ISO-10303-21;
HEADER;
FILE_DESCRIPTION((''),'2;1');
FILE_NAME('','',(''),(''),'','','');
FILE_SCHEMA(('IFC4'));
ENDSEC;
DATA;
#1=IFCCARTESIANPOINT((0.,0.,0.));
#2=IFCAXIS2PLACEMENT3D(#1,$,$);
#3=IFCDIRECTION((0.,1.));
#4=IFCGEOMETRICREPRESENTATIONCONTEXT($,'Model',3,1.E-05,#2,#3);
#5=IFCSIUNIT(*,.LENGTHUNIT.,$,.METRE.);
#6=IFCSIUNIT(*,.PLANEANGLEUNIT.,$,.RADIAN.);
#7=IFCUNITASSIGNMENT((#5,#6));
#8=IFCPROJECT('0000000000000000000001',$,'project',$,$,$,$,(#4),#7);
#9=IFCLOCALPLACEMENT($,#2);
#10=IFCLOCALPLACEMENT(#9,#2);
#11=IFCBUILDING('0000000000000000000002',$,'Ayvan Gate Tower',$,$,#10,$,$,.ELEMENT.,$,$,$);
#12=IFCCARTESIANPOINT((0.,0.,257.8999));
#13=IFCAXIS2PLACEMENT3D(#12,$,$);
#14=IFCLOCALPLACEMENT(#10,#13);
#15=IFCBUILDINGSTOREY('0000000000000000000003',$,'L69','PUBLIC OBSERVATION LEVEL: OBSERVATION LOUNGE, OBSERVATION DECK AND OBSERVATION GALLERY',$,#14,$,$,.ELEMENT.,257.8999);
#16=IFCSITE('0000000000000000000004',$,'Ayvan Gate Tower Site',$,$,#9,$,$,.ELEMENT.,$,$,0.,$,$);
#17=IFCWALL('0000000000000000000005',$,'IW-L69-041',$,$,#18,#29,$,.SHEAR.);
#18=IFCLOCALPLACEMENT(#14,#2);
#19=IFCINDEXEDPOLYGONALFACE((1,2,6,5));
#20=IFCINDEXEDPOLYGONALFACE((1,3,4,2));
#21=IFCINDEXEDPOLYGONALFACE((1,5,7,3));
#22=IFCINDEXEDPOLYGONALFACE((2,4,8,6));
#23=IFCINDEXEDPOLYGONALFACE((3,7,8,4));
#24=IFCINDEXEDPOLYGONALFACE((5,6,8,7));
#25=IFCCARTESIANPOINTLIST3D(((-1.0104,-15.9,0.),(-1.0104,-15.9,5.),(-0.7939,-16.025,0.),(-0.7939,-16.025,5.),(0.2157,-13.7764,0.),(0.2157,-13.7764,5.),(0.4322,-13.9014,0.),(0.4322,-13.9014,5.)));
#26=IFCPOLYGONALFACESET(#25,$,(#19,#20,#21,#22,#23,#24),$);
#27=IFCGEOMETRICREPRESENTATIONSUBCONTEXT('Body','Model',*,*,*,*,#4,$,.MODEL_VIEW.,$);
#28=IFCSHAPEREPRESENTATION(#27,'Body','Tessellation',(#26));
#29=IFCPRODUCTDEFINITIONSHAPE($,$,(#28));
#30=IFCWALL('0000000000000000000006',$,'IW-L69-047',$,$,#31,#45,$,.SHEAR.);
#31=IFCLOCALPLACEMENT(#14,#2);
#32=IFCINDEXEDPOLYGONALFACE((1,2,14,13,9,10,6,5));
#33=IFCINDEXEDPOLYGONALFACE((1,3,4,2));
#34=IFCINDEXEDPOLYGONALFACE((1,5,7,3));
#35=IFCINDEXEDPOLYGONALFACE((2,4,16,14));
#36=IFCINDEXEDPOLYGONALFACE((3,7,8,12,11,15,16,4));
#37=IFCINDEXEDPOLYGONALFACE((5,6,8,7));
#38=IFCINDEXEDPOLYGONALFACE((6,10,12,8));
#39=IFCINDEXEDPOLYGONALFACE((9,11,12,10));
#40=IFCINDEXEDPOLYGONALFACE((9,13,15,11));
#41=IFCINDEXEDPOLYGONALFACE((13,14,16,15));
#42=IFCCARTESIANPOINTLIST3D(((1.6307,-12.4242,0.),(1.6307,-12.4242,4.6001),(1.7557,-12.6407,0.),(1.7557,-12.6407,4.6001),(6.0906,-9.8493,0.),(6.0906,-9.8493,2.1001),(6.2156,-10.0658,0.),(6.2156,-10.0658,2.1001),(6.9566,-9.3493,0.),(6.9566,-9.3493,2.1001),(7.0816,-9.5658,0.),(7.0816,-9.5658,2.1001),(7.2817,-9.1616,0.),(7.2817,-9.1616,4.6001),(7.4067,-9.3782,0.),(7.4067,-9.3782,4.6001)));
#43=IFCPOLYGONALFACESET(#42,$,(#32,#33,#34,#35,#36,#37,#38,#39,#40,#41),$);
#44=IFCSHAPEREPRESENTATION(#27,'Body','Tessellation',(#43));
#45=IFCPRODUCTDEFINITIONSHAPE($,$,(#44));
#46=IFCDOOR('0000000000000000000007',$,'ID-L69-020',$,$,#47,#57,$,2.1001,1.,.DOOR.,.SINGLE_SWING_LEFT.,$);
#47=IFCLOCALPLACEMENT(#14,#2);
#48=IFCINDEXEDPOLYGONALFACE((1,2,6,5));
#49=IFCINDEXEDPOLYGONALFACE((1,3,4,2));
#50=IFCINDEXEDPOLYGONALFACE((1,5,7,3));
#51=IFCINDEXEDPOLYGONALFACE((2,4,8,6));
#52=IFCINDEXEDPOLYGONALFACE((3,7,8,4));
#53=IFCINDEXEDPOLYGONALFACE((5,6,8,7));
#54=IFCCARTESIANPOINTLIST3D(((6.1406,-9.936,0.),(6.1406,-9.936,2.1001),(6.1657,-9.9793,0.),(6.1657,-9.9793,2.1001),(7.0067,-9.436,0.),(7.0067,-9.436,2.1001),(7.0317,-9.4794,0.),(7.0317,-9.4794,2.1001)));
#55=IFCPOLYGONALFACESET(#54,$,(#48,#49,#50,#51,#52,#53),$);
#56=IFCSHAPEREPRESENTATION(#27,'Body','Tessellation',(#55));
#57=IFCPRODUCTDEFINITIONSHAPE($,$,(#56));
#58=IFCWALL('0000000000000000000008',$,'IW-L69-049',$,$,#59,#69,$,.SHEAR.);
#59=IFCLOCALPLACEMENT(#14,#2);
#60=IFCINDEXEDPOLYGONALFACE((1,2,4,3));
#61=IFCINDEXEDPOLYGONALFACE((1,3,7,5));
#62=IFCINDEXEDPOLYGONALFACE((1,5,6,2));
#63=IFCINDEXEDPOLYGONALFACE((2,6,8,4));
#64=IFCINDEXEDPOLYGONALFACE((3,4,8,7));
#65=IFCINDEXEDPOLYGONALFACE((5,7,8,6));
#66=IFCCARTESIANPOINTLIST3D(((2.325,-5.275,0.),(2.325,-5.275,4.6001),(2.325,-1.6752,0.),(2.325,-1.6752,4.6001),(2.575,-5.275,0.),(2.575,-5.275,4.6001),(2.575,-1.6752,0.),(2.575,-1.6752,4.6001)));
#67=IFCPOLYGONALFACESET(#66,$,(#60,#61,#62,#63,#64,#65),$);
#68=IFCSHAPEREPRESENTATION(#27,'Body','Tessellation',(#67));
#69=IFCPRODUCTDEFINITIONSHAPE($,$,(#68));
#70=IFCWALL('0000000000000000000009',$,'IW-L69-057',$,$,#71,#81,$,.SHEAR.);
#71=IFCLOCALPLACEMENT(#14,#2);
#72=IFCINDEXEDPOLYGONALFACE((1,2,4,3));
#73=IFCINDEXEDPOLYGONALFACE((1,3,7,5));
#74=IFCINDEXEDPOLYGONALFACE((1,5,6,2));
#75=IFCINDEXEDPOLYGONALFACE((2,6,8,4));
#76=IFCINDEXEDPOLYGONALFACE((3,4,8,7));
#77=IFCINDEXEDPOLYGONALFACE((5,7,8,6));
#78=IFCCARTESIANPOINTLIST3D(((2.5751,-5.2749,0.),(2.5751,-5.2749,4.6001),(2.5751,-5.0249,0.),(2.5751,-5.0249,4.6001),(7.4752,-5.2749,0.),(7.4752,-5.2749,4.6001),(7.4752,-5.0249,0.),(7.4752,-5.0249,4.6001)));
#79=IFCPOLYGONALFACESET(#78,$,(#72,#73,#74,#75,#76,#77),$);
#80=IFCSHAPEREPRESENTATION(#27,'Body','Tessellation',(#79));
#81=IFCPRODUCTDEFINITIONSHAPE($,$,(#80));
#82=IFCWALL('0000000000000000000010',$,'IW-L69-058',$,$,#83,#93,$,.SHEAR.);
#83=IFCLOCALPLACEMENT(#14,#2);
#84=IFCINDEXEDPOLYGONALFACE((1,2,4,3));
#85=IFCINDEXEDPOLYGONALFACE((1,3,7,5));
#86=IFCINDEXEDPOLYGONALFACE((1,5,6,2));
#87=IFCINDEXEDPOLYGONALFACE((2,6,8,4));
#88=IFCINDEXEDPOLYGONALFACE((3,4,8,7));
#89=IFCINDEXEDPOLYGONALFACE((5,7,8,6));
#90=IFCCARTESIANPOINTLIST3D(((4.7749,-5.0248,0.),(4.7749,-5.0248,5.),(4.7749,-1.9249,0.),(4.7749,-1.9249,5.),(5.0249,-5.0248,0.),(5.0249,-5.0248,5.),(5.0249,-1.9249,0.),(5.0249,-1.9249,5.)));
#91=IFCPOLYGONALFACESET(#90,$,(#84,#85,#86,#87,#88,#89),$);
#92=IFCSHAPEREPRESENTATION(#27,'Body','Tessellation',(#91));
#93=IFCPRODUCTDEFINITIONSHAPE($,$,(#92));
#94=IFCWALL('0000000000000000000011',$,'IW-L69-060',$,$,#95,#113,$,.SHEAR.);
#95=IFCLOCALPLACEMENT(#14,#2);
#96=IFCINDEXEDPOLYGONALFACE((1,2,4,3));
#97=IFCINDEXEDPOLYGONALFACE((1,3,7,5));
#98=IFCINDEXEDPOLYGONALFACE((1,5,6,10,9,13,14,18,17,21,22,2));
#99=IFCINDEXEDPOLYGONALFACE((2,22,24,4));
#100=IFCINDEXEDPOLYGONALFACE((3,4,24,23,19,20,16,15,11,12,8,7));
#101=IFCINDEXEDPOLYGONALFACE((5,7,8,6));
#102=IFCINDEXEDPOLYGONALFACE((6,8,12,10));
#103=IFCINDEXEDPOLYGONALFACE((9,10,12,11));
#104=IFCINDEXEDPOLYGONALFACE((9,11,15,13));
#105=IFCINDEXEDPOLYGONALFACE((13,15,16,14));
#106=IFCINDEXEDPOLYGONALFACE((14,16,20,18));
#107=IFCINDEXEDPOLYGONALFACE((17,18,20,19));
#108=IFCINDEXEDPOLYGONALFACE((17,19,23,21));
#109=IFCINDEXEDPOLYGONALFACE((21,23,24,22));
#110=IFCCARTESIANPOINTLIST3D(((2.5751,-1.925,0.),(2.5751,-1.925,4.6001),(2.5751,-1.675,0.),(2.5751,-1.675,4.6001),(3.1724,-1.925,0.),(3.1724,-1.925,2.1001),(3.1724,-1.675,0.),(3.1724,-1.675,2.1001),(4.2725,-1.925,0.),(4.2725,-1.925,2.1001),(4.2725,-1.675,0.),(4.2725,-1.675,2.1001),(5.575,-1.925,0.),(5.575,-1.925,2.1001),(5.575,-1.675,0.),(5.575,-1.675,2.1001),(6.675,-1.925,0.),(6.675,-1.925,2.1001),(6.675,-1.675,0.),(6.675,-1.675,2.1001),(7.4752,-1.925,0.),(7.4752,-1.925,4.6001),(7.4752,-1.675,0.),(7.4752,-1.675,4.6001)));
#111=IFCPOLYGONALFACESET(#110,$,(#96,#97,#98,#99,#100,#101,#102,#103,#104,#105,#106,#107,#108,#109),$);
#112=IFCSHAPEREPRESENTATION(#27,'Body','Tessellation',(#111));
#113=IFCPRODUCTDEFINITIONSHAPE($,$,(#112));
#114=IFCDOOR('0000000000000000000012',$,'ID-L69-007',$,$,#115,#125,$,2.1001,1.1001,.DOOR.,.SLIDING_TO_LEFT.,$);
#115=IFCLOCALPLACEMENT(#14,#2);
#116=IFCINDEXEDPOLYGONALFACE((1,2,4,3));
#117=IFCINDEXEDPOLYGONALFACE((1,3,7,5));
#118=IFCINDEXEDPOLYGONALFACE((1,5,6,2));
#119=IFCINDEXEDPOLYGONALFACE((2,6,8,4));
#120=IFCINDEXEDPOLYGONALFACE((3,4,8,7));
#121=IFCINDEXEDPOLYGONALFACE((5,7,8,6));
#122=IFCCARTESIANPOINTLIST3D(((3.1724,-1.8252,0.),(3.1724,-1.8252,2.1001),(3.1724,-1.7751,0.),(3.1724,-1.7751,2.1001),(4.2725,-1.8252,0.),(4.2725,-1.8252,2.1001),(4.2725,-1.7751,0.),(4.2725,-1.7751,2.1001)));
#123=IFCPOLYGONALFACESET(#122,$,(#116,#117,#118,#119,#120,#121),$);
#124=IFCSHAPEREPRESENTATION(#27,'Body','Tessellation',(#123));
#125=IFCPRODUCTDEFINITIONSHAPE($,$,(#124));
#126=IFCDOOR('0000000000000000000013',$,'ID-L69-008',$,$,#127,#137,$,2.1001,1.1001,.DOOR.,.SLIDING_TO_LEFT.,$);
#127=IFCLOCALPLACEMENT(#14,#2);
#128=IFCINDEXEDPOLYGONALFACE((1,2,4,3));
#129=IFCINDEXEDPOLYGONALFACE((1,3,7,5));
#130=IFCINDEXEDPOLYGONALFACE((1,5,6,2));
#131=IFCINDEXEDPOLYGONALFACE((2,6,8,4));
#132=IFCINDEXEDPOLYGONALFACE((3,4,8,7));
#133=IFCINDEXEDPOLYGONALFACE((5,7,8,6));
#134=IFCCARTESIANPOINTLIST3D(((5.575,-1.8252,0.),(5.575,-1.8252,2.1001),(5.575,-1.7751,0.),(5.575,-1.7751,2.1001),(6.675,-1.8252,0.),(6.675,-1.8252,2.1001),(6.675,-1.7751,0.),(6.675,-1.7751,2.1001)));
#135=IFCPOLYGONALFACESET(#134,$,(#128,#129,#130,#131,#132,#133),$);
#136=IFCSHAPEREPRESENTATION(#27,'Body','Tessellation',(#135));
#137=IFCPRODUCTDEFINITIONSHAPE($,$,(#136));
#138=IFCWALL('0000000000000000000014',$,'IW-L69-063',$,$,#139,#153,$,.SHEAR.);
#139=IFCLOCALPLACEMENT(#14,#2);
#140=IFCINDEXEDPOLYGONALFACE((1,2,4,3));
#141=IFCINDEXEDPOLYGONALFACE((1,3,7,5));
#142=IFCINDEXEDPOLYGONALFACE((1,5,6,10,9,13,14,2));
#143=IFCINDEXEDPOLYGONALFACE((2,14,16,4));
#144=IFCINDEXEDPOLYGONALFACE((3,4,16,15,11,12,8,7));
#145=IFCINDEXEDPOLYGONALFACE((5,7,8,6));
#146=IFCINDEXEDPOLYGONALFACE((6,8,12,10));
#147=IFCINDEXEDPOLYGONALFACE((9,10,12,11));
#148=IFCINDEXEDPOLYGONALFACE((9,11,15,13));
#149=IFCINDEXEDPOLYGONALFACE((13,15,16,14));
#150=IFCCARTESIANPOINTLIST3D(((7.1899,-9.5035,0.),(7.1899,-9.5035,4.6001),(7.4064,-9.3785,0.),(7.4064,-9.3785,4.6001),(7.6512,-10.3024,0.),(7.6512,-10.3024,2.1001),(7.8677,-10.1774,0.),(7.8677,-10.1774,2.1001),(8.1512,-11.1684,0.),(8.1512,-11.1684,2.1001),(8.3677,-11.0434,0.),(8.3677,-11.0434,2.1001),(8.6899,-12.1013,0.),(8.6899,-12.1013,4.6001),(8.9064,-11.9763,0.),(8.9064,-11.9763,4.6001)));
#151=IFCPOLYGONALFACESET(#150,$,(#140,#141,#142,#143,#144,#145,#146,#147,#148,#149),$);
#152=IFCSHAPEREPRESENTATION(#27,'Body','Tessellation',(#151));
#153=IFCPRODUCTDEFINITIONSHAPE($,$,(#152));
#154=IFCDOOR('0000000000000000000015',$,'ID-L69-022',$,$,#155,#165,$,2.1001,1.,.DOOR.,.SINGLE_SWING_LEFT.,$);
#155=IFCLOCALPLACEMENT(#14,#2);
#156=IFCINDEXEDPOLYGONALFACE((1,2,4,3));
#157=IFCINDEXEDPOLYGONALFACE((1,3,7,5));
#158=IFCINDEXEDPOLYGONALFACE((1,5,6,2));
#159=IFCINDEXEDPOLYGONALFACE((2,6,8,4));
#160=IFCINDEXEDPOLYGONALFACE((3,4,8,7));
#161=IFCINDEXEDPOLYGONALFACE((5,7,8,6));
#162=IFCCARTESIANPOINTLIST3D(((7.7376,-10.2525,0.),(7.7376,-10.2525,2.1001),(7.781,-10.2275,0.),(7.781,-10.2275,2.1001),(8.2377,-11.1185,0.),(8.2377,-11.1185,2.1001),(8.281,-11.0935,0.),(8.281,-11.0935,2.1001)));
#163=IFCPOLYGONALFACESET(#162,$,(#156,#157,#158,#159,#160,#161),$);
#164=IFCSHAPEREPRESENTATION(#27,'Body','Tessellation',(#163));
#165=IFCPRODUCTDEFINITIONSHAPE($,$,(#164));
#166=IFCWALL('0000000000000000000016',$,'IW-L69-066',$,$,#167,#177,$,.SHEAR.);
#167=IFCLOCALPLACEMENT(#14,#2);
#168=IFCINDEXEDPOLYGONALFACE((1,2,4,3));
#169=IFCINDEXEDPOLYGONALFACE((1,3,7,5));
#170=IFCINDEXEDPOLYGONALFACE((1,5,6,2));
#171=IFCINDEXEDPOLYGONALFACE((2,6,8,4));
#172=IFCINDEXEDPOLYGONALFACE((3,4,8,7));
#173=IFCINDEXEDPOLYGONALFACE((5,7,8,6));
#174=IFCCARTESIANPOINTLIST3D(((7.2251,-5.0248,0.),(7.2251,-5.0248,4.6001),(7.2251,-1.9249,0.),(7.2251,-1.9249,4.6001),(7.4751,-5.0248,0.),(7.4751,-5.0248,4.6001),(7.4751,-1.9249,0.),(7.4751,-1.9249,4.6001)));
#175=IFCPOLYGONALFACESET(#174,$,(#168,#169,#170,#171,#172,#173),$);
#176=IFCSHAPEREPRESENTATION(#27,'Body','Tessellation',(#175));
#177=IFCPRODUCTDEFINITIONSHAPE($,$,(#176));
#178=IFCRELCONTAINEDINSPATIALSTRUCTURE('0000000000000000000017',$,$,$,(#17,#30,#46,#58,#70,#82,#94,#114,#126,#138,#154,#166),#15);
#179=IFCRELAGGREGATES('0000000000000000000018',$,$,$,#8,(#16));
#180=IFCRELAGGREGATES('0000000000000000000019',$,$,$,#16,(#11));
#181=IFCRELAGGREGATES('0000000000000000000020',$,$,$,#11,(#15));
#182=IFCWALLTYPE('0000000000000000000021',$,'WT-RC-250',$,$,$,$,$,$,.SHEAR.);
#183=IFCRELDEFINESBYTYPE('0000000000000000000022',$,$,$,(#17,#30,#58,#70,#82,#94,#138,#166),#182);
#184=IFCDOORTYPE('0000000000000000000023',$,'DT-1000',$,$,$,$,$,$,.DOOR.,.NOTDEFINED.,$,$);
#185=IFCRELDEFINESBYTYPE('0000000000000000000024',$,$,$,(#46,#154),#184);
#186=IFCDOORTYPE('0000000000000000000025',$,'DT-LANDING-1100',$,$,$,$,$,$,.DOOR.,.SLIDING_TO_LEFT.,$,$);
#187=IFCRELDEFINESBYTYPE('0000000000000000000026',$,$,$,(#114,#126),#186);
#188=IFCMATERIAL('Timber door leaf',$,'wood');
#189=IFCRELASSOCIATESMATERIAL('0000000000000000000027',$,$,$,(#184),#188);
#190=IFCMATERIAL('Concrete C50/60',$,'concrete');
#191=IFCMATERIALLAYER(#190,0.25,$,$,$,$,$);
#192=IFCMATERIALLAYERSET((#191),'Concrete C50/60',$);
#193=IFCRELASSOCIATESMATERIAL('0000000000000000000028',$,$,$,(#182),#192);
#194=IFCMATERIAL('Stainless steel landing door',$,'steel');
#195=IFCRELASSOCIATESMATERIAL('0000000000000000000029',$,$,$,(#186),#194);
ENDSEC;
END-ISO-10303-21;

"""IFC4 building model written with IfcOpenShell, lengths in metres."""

from ifc_helpers import new_model, si_unit, direction, frame, frame_2d, origin, place, context, subcontext, project, spatial, rectangle, extrude, material, layer, layer_set, type_object, element, fill, save


model = new_model("IFC4")

# Units and contexts
model_context = context("Model", 3, precision=1e-05, world=origin(), true_north=direction((0.0, 1.0)))
body_context = subcontext(model_context, "Body", "Model", "MODEL_VIEW")
ifc_project = project(units=[si_unit("LENGTHUNIT", "METRE"), si_unit("PLANEANGLEUNIT", "RADIAN")], contexts=[model_context])

# Site, building, storey
site_placement = place(None, origin())
site = spatial("IfcSite", under=ifc_project, at=site_placement, Name="Ayvan Gate Tower Site", CompositionType="ELEMENT", RefElevation=0.0)
building_placement = place(site_placement, origin())
building = spatial("IfcBuilding", under=site, at=building_placement, Name="Ayvan Gate Tower", CompositionType="ELEMENT")
storey_placement = place(building_placement, frame((0.0, 0.0, 257.8999)))
storey = spatial("IfcBuildingStorey", under=building, at=storey_placement, Name="L69", Description="PUBLIC OBSERVATION LEVEL: OBSERVATION LOUNGE, OBSERVATION DECK AND OBSERVATION GALLERY", CompositionType="ELEMENT", Elevation=257.8999)

# Shared definitions
ifc_material_1 = material(Name="Timber door leaf", Category="wood")
door_type_1 = type_object("IfcDoorType", Name="DT-1000", OperationType="NOTDEFINED", PredefinedType="DOOR", material=ifc_material_1)

# Wall
ifc_material_2 = material(Name="Concrete C50/60", Category="concrete")
ifc_layer_1 = layer(ifc_material_2, 0.25)
ifc_layer_set_1 = layer_set([ifc_layer_1], Name="Concrete C50/60")
wall_type_1 = type_object("IfcWallType", Name="WT-RC-250", PredefinedType="SHEAR", material=ifc_layer_set_1)
wall_1_placement = place(storey_placement, frame((0.324, -13.8389, 0.0), z_axis=(0.0, 0.0, 1.0), x_axis=(-0.500015, -0.866016, 0.0)))
element("IfcWall", 1, at=wall_1_placement, inside=storey, type_object=wall_type_1, Name="IW-L69-041", PredefinedType="SHEAR", context=body_context, shape_type="SweptSolid", body=[
    extrude(rectangle(XDim=2.4521, YDim=0.25, at=frame_2d((1.2261, 0.0))), origin(), (0.0, 0.0, 1.0), 5.0),
])

# Wall, opening, door
wall_2_placement = place(storey_placement, frame((1.6931, -12.5325, 0.0), z_axis=(0.0, 0.0, 1.0), x_axis=(0.866031, 0.49999, 0.0)))
wall_2 = element("IfcWall", 2, at=wall_2_placement, inside=storey, type_object=wall_type_1, Name="IW-L69-047", PredefinedType="SHEAR", context=body_context, shape_type="SweptSolid", body=[
    extrude(rectangle(XDim=6.5251, YDim=0.25, at=frame_2d((3.2627, 0.0))), origin(), (0.0, 0.0, 1.0), 4.6001),
])
opening_1_placement = place(wall_2_placement, frame((5.1499, 0.0, 0.0)))
opening_1 = element("IfcOpeningElement", 3, at=opening_1_placement, cuts=wall_2, PredefinedType="OPENING", context=body_context, shape_type="SweptSolid", body=[
    extrude(rectangle(XDim=1.0, YDim=2.1001, at=frame_2d((0.5, 1.05))), frame((0.0, 0.135, 0.0), z_axis=(0.0, -1.0, 0.0), x_axis=(1.0, 0.0, 0.0)), (0.0, 0.0, 1.0), 0.27),
])
door_1_placement = place(opening_1_placement, origin())
door_1 = element("IfcDoor", 4, at=door_1_placement, inside=storey, type_object=door_type_1, Name="ID-L69-020", OperationType="SINGLE_SWING_LEFT", OverallHeight=2.1001, OverallWidth=1.0, PredefinedType="DOOR", context=body_context, shape_type="SweptSolid", body=[
    extrude(rectangle(XDim=1.0, YDim=2.1001, at=frame_2d((0.5, 1.05))), frame((0.0, 0.0249, 0.0), z_axis=(0.0, -1.0, 0.0), x_axis=(1.0, 0.0, 0.0)), (0.0, 0.0, 1.0), 0.05),
])
fill(opening_1, door_1)

# Walls
wall_3_placement = place(storey_placement, frame((2.45, -5.2749, 0.0), z_axis=(0.0, 0.0, 1.0), x_axis=(0.0, 1.0, 0.0)))
element("IfcWall", 5, at=wall_3_placement, inside=storey, type_object=wall_type_1, Name="IW-L69-049", PredefinedType="SHEAR", context=body_context, shape_type="SweptSolid", body=[
    extrude(rectangle(XDim=3.5999, YDim=0.25, at=frame_2d((1.7998, 0.0))), origin(), (0.0, 0.0, 1.0), 4.6001),
])
wall_4_placement = place(storey_placement, frame((2.575, -5.1499, 0.0), z_axis=(0.0, 0.0, 1.0), x_axis=(1.0, 0.0, 0.0)))
element("IfcWall", 6, at=wall_4_placement, inside=storey, type_object=wall_type_1, Name="IW-L69-057", PredefinedType="SHEAR", context=body_context, shape_type="SweptSolid", body=[
    extrude(rectangle(XDim=4.9001, YDim=0.25, at=frame_2d((2.4502, 0.0))), origin(), (0.0, 0.0, 1.0), 4.6001),
])
wall_5_placement = place(storey_placement, frame((4.8999, -1.925, 0.0), z_axis=(0.0, 0.0, 1.0), x_axis=(0.0, -1.0, 0.0)))
element("IfcWall", 7, at=wall_5_placement, inside=storey, type_object=wall_type_1, Name="IW-L69-058", PredefinedType="SHEAR", context=body_context, shape_type="SweptSolid", body=[
    extrude(rectangle(XDim=3.0999, YDim=0.25, at=frame_2d((1.5498, 0.0))), origin(), (0.0, 0.0, 1.0), 5.0),
])

# Wall, openings, doors
wall_6_placement = place(storey_placement, frame((2.575, -1.8, 0.0), z_axis=(0.0, 0.0, 1.0), x_axis=(1.0, 0.0, 0.0)))
wall_6 = element("IfcWall", 8, at=wall_6_placement, inside=storey, type_object=wall_type_1, Name="IW-L69-060", PredefinedType="SHEAR", context=body_context, shape_type="SweptSolid", body=[
    extrude(rectangle(XDim=4.9001, YDim=0.25, at=frame_2d((2.4502, 0.0))), origin(), (0.0, 0.0, 1.0), 4.6001),
])
opening_2_placement = place(wall_6_placement, frame((0.5974, 0.0, 0.0)))
opening_2 = element("IfcOpeningElement", 9, at=opening_2_placement, cuts=wall_6, PredefinedType="OPENING", context=body_context, shape_type="SweptSolid", body=[
    extrude(rectangle(XDim=1.1001, YDim=2.1001, at=frame_2d((0.55, 1.05))), frame((0.0, 0.135, 0.0), z_axis=(0.0, -1.0, 0.0), x_axis=(1.0, 0.0, 0.0)), (0.0, 0.0, 1.0), 0.27),
])
opening_3_placement = place(wall_6_placement, frame((3.0, 0.0, 0.0)))
opening_3 = element("IfcOpeningElement", 10, at=opening_3_placement, cuts=wall_6, PredefinedType="OPENING", context=body_context, shape_type="SweptSolid", body=[
    extrude(rectangle(XDim=1.1001, YDim=2.1001, at=frame_2d((0.55, 1.05))), frame((0.0, 0.135, 0.0), z_axis=(0.0, -1.0, 0.0), x_axis=(1.0, 0.0, 0.0)), (0.0, 0.0, 1.0), 0.27),
])
ifc_material_3 = material(Name="Stainless steel landing door", Category="steel")
door_type_2 = type_object("IfcDoorType", Name="DT-LANDING-1100", OperationType="SLIDING_TO_LEFT", PredefinedType="DOOR", material=ifc_material_3)
door_2_placement = place(opening_2_placement, origin())
door_2 = element("IfcDoor", 11, at=door_2_placement, inside=storey, type_object=door_type_2, Name="ID-L69-007", OperationType="SLIDING_TO_LEFT", OverallHeight=2.1001, OverallWidth=1.1001, PredefinedType="DOOR", context=body_context, shape_type="SweptSolid", body=[
    extrude(rectangle(XDim=1.1001, YDim=2.1001, at=frame_2d((0.55, 1.05))), frame((0.0, 0.0249, 0.0), z_axis=(0.0, -1.0, 0.0), x_axis=(1.0, 0.0, 0.0)), (0.0, 0.0, 1.0), 0.05),
])
fill(opening_2, door_2)
door_3_placement = place(opening_3_placement, origin())
door_3 = element("IfcDoor", 12, at=door_3_placement, inside=storey, type_object=door_type_2, Name="ID-L69-008", OperationType="SLIDING_TO_LEFT", OverallHeight=2.1001, OverallWidth=1.1001, PredefinedType="DOOR", context=body_context, shape_type="SweptSolid", body=[
    extrude(rectangle(XDim=1.1001, YDim=2.1001, at=frame_2d((0.55, 1.05))), frame((0.0, 0.0249, 0.0), z_axis=(0.0, -1.0, 0.0), x_axis=(1.0, 0.0, 0.0)), (0.0, 0.0, 1.0), 0.05),
])
fill(opening_3, door_3)

# Wall, opening, door
wall_7_placement = place(storey_placement, frame((7.2981, -9.4409, 0.0), z_axis=(0.0, 0.0, 1.0), x_axis=(0.500025, -0.866011, 0.0)))
wall_7 = element("IfcWall", 13, at=wall_7_placement, inside=storey, type_object=wall_type_1, Name="IW-L69-063", PredefinedType="SHEAR", context=body_context, shape_type="SweptSolid", body=[
    extrude(rectangle(XDim=2.9998, YDim=0.25, at=frame_2d((1.5, 0.0))), origin(), (0.0, 0.0, 1.0), 4.6001),
])
opening_4_placement = place(wall_7_placement, frame((0.9226, 0.0, 0.0)))
opening_4 = element("IfcOpeningElement", 14, at=opening_4_placement, cuts=wall_7, PredefinedType="OPENING", context=body_context, shape_type="SweptSolid", body=[
    extrude(rectangle(XDim=1.0, YDim=2.1001, at=frame_2d((0.5, 1.05))), frame((0.0, 0.135, 0.0), z_axis=(0.0, -1.0, 0.0), x_axis=(1.0, 0.0, 0.0)), (0.0, 0.0, 1.0), 0.27),
])
door_4_placement = place(opening_4_placement, origin())
door_4 = element("IfcDoor", 15, at=door_4_placement, inside=storey, type_object=door_type_1, Name="ID-L69-022", OperationType="SINGLE_SWING_LEFT", OverallHeight=2.1001, OverallWidth=1.0, PredefinedType="DOOR", context=body_context, shape_type="SweptSolid", body=[
    extrude(rectangle(XDim=1.0, YDim=2.1001, at=frame_2d((0.5, 1.05))), frame((0.0, 0.0249, 0.0), z_axis=(0.0, -1.0, 0.0), x_axis=(1.0, 0.0, 0.0)), (0.0, 0.0, 1.0), 0.05),
])
fill(opening_4, door_4)

# Wall
wall_8_placement = place(storey_placement, frame((7.3501, -1.925, 0.0), z_axis=(0.0, 0.0, 1.0), x_axis=(0.0, -1.0, 0.0)))
element("IfcWall", 16, at=wall_8_placement, inside=storey, type_object=wall_type_1, Name="IW-L69-066", PredefinedType="SHEAR", context=body_context, shape_type="SweptSolid", body=[
    extrude(rectangle(XDim=3.0999, YDim=0.25, at=frame_2d((1.5498, 0.0))), origin(), (0.0, 0.0, 1.0), 4.6001),
])

save(model, "model.ifc")
